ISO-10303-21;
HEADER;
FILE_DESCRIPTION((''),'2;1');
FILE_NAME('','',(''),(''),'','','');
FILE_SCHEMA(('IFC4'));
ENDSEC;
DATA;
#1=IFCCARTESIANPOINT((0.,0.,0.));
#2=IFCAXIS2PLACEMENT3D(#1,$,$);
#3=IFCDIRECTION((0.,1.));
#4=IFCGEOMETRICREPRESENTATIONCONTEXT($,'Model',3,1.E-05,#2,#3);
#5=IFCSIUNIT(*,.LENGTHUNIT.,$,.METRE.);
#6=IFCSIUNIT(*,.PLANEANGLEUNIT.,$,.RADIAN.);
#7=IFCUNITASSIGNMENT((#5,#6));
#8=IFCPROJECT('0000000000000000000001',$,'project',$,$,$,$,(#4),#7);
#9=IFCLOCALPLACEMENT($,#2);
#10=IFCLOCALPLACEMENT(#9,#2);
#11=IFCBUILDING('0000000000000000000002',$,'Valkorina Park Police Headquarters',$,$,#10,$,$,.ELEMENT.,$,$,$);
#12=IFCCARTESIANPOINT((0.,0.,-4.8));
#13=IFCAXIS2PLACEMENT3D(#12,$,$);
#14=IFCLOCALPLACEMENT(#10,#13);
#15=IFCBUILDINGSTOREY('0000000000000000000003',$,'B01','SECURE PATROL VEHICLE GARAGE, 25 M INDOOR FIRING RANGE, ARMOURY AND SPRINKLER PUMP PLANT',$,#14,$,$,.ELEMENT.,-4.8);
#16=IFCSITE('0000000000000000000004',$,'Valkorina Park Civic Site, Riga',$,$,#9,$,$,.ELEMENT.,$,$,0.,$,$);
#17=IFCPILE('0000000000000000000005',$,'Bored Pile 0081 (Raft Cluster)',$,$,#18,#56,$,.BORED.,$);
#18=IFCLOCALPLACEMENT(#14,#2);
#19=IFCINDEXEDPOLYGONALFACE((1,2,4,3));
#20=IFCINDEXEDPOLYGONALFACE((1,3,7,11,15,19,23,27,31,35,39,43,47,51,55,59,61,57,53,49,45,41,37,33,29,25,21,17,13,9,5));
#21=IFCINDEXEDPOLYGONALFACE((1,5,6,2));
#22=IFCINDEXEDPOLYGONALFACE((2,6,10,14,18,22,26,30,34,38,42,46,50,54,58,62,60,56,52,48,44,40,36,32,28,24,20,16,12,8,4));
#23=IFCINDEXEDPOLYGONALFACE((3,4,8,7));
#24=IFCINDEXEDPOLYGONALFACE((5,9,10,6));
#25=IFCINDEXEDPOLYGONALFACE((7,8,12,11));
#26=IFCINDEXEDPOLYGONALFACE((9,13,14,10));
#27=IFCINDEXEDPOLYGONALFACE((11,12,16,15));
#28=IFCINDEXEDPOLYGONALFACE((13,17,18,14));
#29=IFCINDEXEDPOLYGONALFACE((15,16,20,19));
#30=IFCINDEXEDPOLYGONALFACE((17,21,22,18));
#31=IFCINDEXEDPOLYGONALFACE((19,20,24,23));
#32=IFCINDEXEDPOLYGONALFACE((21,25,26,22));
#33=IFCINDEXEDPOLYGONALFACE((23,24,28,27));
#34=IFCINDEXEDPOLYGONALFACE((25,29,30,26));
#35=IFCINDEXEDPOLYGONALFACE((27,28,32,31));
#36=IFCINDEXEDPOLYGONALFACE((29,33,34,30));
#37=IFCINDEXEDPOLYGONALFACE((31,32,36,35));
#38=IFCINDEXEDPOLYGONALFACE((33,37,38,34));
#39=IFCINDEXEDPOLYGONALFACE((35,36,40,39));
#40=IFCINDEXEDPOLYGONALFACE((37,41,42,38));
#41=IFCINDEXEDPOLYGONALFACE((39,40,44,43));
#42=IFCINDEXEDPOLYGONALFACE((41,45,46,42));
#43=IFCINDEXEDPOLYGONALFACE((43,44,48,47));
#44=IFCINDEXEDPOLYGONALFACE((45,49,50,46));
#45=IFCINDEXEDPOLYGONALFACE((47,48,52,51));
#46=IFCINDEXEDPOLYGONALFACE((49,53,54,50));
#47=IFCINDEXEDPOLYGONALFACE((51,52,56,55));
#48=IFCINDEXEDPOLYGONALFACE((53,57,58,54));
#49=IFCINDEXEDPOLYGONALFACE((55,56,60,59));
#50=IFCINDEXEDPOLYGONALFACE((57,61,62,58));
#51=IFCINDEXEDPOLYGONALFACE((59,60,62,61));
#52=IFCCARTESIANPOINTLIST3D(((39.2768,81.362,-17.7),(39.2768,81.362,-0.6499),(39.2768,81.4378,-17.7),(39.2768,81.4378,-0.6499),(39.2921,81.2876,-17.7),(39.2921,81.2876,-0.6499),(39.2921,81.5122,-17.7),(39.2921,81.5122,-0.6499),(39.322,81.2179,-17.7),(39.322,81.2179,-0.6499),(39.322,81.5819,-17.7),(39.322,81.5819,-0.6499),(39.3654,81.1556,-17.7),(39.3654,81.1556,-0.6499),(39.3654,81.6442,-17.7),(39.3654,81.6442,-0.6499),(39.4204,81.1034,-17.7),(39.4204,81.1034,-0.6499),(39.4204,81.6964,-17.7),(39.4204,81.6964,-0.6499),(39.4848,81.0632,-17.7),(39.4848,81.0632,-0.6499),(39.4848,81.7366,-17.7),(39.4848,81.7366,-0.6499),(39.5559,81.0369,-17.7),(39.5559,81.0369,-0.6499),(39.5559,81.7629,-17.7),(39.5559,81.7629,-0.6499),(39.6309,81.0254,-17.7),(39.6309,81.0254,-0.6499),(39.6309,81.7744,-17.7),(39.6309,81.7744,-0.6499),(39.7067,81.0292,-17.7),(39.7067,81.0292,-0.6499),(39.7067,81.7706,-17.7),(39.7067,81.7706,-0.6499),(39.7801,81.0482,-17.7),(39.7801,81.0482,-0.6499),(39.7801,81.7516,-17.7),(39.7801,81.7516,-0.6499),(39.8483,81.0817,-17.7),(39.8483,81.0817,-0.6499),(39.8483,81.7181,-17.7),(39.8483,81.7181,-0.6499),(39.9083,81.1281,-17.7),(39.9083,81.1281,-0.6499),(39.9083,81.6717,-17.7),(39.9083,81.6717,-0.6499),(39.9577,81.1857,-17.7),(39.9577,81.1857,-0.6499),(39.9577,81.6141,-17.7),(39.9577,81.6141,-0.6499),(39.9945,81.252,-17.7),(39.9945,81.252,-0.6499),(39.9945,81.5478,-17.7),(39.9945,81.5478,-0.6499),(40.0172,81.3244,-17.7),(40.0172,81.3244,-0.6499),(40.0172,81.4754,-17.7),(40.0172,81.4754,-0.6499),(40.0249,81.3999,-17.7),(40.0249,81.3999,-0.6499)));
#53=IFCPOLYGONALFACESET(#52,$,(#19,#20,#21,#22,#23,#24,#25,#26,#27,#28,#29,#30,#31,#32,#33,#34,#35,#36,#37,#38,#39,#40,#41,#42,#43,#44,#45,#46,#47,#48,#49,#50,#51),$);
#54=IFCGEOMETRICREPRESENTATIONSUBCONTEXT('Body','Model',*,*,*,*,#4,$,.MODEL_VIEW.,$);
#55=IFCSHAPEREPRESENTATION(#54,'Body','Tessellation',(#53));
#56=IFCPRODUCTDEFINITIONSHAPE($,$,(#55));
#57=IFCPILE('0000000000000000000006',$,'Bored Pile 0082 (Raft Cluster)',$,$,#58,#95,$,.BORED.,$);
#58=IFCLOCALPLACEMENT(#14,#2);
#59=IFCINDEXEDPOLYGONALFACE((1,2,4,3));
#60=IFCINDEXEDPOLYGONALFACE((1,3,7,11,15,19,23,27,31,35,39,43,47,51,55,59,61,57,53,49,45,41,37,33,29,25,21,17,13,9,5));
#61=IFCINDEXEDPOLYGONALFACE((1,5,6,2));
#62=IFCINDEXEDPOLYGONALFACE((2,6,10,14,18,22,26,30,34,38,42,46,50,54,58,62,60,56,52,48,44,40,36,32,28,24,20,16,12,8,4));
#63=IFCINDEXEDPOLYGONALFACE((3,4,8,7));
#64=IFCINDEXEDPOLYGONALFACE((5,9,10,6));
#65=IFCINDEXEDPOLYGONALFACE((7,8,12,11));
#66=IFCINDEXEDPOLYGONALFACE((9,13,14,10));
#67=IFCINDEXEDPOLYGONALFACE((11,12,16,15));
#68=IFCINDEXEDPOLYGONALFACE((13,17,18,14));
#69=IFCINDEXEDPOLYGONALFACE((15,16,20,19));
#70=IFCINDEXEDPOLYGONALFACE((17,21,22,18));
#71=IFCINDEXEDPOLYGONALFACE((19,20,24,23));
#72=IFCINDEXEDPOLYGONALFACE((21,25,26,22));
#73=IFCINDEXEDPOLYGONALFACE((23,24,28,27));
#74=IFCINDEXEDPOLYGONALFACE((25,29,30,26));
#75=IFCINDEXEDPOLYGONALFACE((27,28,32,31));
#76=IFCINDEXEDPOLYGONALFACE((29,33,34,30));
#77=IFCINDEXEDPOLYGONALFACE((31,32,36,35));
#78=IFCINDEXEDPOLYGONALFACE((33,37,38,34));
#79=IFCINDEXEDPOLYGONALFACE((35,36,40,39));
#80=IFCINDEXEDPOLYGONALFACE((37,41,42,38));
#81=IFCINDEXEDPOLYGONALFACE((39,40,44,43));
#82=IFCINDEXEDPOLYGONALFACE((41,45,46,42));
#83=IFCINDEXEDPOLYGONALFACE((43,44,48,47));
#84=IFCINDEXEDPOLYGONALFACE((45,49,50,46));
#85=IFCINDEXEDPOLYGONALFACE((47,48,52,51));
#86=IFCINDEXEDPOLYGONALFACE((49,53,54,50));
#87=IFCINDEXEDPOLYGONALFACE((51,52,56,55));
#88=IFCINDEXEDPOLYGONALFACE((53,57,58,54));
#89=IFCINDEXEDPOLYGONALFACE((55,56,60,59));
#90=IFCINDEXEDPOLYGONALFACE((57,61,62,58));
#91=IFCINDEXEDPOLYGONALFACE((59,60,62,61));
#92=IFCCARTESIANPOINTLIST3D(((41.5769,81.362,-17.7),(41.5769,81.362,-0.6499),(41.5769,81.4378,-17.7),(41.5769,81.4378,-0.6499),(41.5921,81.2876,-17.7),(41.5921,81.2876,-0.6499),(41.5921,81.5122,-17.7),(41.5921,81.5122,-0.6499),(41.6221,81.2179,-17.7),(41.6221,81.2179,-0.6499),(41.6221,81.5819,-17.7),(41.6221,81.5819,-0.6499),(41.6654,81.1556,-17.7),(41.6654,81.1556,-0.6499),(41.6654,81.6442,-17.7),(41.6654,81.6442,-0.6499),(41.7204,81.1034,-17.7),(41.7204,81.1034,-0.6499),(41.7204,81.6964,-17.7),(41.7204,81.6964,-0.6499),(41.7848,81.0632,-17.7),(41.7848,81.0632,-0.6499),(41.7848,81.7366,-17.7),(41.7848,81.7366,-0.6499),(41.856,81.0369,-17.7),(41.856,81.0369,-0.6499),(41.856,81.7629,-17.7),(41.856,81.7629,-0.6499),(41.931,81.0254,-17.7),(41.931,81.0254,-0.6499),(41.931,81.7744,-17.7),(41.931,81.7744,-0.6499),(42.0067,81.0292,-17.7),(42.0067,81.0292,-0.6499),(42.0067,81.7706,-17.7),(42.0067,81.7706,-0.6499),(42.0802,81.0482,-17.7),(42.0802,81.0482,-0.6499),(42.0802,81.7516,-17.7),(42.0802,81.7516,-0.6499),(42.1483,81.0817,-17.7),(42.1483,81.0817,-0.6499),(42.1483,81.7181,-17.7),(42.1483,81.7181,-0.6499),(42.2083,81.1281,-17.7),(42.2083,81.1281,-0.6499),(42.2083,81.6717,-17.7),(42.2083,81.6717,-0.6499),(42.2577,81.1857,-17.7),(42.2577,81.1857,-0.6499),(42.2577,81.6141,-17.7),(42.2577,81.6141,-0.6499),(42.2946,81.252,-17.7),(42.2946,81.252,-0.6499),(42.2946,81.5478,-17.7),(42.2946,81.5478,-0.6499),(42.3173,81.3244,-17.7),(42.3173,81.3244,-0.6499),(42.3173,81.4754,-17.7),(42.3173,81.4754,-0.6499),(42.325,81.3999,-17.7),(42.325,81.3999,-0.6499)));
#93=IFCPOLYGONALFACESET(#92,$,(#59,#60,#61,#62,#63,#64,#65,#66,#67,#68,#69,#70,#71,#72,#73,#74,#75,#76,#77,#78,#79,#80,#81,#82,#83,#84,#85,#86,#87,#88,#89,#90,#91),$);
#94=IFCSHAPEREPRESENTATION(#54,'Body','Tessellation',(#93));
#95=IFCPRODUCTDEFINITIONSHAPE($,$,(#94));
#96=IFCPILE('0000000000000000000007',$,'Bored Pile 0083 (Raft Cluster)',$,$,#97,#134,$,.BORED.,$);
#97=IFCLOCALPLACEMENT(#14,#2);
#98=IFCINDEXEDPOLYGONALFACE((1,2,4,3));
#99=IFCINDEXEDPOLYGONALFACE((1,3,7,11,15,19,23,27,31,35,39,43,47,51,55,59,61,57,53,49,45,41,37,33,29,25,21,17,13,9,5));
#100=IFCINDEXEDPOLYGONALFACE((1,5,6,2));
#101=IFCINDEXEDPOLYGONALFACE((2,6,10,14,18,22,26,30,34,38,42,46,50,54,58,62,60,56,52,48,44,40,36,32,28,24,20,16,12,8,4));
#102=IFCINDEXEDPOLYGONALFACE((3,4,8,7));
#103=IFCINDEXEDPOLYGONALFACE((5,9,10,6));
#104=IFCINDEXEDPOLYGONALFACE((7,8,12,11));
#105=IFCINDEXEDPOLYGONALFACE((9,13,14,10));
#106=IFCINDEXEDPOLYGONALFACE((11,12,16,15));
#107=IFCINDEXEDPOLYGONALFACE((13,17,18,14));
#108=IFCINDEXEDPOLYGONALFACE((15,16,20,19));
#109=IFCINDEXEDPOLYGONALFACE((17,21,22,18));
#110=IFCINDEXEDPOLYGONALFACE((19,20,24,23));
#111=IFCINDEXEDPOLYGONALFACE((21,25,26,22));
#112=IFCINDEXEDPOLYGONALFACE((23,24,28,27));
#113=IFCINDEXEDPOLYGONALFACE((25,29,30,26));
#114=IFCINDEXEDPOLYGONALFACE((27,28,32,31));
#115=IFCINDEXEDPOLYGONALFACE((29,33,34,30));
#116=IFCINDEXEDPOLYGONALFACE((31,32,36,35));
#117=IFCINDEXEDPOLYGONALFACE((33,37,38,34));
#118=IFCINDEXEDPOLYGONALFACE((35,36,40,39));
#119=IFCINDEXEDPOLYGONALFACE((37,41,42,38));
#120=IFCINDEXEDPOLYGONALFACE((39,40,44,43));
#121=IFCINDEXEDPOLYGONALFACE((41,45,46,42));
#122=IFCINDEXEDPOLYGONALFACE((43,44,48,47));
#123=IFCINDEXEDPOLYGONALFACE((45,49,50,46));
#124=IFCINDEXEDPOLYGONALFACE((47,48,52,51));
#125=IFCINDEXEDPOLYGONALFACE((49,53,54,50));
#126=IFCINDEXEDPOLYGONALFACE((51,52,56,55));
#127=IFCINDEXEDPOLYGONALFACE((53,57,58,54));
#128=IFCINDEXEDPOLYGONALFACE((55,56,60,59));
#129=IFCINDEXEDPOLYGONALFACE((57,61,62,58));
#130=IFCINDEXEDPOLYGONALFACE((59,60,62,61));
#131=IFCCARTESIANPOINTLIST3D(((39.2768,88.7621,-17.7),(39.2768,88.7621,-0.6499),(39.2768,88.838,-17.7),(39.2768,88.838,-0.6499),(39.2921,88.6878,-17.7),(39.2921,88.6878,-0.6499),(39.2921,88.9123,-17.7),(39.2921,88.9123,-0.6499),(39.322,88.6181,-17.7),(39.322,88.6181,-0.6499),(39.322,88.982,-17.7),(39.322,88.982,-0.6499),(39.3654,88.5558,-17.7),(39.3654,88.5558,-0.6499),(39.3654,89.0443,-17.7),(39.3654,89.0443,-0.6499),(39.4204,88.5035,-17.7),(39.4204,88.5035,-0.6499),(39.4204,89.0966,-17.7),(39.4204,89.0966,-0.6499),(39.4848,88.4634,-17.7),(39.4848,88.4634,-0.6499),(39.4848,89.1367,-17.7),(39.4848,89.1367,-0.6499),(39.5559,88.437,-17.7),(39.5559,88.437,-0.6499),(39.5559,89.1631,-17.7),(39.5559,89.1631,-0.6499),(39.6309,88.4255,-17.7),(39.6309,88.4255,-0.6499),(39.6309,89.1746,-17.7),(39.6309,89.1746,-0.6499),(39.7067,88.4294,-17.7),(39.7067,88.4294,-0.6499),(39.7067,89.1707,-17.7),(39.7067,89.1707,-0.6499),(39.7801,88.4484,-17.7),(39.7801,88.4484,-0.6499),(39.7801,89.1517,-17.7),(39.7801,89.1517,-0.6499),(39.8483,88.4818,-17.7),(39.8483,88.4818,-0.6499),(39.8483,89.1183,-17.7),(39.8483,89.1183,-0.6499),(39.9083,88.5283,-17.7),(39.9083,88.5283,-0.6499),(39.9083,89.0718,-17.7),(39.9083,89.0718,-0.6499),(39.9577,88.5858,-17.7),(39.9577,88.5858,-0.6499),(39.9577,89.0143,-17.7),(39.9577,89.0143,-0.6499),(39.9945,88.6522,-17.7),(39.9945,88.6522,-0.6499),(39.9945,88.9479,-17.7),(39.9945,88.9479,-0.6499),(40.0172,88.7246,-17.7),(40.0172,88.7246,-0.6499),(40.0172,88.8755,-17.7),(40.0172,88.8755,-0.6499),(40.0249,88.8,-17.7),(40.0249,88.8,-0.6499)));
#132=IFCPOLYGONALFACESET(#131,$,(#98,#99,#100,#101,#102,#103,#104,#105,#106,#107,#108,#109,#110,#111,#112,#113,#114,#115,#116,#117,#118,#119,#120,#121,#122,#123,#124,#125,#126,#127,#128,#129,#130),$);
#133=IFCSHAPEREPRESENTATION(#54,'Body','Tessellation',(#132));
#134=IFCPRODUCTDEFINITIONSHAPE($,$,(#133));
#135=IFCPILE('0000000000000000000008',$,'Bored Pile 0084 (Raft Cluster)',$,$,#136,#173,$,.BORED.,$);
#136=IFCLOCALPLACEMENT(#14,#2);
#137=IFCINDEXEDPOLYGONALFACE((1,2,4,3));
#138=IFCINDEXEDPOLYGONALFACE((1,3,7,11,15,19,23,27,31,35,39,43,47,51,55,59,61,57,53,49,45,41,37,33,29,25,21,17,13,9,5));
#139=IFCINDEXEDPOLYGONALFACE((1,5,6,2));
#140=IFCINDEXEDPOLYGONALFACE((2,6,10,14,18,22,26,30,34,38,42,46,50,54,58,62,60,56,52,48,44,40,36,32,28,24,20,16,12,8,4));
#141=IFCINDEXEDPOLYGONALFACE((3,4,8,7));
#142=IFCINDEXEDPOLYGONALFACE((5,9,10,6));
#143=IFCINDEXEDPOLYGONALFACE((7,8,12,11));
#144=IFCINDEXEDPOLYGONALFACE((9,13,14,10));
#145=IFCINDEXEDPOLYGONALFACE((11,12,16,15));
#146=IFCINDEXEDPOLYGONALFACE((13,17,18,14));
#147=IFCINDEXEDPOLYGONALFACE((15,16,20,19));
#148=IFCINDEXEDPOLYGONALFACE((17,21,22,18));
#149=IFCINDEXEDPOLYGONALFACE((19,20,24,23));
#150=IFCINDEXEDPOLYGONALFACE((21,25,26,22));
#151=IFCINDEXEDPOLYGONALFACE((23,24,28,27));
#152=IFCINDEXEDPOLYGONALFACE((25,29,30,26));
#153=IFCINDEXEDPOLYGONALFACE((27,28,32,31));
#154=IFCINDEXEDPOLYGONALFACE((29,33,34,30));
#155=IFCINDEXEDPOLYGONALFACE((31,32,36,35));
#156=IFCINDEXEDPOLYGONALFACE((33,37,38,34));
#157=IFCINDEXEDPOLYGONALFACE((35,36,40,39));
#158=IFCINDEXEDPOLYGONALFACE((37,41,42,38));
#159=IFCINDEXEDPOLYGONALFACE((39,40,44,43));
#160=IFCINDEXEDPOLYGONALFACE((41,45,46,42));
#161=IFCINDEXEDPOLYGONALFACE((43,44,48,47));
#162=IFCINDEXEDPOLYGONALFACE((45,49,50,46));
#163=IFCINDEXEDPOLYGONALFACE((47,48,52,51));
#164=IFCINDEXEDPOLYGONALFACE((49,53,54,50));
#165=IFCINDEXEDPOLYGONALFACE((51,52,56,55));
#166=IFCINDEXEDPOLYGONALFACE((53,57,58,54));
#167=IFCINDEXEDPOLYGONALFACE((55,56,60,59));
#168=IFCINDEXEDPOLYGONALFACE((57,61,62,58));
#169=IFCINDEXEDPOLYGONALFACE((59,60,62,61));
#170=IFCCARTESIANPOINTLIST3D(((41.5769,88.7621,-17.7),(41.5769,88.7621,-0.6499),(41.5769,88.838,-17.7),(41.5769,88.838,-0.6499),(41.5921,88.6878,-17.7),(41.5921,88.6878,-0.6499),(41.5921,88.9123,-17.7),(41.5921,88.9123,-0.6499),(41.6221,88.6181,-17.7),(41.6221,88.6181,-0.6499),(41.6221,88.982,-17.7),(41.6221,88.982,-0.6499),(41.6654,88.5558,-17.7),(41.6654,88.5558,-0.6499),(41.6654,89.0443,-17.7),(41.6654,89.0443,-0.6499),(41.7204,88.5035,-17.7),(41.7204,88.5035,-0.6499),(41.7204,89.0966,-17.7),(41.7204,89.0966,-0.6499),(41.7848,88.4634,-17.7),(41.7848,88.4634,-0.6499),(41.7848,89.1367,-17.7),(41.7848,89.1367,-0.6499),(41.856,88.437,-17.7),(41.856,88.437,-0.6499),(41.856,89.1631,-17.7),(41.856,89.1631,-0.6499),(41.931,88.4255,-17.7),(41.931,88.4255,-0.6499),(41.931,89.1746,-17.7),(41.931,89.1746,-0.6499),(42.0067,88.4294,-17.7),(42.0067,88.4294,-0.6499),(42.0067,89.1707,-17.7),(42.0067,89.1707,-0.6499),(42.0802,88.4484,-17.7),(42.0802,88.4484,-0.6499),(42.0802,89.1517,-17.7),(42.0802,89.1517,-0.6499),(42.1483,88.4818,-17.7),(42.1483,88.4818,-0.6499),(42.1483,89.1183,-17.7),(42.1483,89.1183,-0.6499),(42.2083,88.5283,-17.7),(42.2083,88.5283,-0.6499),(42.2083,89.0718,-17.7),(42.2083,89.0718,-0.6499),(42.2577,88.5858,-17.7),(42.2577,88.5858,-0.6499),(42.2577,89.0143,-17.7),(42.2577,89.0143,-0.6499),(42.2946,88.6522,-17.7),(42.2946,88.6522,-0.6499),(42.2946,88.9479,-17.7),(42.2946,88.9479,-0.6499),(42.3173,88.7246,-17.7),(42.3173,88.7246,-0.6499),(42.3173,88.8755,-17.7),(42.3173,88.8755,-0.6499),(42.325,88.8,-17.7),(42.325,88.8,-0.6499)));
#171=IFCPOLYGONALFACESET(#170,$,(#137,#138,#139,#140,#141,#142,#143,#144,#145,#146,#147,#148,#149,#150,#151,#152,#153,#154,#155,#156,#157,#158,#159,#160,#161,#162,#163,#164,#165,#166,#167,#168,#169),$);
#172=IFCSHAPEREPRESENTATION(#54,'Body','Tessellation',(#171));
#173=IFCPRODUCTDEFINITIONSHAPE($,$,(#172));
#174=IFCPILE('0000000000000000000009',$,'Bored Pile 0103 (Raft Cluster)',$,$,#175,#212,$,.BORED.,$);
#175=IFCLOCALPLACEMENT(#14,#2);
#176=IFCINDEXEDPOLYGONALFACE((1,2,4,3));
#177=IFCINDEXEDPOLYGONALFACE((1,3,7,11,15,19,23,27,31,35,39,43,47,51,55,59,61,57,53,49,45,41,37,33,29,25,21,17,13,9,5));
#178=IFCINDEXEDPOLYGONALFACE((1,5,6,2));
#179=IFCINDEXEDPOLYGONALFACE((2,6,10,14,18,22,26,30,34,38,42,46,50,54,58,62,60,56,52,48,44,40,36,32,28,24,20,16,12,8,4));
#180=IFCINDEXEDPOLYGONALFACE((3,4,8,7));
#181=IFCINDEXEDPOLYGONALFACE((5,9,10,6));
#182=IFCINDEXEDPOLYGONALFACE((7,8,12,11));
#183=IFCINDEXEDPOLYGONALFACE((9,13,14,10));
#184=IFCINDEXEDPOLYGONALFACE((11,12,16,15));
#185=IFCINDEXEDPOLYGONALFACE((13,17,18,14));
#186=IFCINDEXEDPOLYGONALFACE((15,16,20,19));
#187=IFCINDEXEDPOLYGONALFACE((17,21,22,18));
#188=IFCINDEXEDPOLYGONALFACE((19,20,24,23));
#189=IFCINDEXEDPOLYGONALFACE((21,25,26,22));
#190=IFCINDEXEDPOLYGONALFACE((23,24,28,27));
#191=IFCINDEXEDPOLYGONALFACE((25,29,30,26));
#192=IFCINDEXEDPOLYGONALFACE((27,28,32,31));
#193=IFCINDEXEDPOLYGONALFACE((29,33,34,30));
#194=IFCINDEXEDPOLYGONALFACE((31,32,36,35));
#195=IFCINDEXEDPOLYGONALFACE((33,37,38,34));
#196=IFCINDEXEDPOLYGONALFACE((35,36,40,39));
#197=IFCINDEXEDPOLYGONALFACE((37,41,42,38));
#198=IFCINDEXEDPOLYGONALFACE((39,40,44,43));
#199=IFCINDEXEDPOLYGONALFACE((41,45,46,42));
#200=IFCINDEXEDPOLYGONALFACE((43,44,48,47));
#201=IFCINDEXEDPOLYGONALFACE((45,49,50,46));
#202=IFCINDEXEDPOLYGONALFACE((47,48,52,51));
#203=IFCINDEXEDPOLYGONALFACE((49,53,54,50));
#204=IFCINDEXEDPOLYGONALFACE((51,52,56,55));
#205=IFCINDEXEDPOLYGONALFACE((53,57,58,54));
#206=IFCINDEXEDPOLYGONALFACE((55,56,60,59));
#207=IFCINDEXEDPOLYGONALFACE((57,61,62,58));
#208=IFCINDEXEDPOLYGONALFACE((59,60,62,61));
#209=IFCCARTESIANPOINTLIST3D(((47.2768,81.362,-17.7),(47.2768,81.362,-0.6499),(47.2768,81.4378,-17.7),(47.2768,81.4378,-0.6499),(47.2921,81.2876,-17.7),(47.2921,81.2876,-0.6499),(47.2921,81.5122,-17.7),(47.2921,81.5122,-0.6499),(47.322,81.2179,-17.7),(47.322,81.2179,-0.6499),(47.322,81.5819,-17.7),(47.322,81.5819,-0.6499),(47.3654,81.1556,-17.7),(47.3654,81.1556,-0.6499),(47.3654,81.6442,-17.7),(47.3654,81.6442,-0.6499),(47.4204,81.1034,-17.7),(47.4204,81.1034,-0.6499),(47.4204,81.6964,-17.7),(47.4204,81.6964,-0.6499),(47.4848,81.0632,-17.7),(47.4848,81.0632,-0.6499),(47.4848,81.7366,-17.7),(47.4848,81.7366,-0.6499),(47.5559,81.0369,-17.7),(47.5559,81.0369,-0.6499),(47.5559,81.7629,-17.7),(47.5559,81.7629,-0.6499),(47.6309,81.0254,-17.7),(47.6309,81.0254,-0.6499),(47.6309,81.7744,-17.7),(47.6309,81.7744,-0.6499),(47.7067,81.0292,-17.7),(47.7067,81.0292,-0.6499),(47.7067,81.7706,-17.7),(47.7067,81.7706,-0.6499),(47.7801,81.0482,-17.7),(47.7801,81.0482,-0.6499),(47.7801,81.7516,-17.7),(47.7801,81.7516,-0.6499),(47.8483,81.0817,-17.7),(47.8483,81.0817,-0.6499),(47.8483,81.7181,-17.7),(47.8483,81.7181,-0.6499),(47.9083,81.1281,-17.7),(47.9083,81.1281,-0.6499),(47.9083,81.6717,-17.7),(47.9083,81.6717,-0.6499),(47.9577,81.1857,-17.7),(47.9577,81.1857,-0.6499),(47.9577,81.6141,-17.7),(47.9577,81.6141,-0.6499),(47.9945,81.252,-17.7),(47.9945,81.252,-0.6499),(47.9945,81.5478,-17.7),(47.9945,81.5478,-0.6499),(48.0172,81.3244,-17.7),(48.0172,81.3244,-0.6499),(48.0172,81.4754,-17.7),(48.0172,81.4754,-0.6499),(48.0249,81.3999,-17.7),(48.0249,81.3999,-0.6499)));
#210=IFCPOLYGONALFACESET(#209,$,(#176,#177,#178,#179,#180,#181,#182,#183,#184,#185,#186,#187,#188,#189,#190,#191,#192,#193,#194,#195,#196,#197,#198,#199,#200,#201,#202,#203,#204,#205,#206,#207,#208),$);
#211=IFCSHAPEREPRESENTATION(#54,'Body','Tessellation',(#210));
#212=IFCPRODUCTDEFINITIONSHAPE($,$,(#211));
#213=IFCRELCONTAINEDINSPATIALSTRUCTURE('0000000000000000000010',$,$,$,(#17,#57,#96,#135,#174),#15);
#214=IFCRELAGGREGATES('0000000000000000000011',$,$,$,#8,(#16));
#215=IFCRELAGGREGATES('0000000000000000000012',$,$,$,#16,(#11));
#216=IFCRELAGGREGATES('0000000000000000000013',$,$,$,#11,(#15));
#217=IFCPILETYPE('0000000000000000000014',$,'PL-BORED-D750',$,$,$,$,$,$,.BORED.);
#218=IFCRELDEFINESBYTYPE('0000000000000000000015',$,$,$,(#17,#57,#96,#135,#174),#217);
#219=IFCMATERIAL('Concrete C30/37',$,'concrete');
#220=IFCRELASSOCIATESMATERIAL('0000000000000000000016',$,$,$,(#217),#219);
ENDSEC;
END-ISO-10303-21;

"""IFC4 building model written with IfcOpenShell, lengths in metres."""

from ifc_helpers import new_model, si_unit, direction, frame, origin, origin_2d, place, context, subcontext, project, spatial, circle, extrude, material, material_profile, profile_set, type_object, element, save


model = new_model("IFC4")

# Units and contexts
model_context = context("Model", 3, precision=1e-05, world=origin(), true_north=direction((0.0, 1.0)))
body_context = subcontext(model_context, "Body", "Model", "MODEL_VIEW")
ifc_project = project(units=[si_unit("LENGTHUNIT", "METRE"), si_unit("PLANEANGLEUNIT", "RADIAN")], contexts=[model_context])

# Site, building, storey
site_placement = place(None, origin())
site = spatial("IfcSite", under=ifc_project, at=site_placement, Name="Valkorina Park Civic Site, Riga", CompositionType="ELEMENT", RefElevation=0.0)
building_placement = place(site_placement, origin())
building = spatial("IfcBuilding", under=site, at=building_placement, Name="Valkorina Park Police Headquarters", CompositionType="ELEMENT")
storey_placement = place(building_placement, frame((0.0, 0.0, -4.8)))
storey = spatial("IfcBuildingStorey", under=building, at=storey_placement, Name="B01", Description="SECURE PATROL VEHICLE GARAGE, 25 M INDOOR FIRING RANGE, ARMOURY AND SPRINKLER PUMP PLANT", CompositionType="ELEMENT", Elevation=-4.8)

# Piles
ifc_material_1 = material(Name="Concrete C30/37", Category="concrete")
ifc_material_profile_1 = material_profile(ifc_material_1, circle(Radius=0.375, at=origin_2d()), Name="BORED PILE D750")
ifc_profile_set_1 = profile_set([ifc_material_profile_1], Name="Concrete C30/37")
pile_type = type_object("IfcPileType", Name="PL-BORED-D750", PredefinedType="BORED", material=ifc_profile_set_1)
for number, where, z_axis, x_axis, name in (
    (1, (39.6499, 81.3999, -0.6499), (0.0, 0.0, -1.0), (1.0, 0.0, 0.0), "Bored Pile 0081 (Raft Cluster)"),
    (2, (41.95, 81.3999, -0.6499), (0.0, 0.0, -1.0), (1.0, 0.0, 0.0), "Bored Pile 0082 (Raft Cluster)"),
    (3, (39.6499, 88.8, -0.6499), (0.0, 0.0, -1.0), (1.0, 0.0, 0.0), "Bored Pile 0083 (Raft Cluster)"),
    (4, (41.95, 88.8, -0.6499), (0.0, 0.0, -1.0), (1.0, 0.0, 0.0), "Bored Pile 0084 (Raft Cluster)"),
    (5, (47.6499, 81.3999, -0.6499), (0.0, 0.0, -1.0), (1.0, 0.0, 0.0), "Bored Pile 0103 (Raft Cluster)"),
):
    element("IfcPile", number, at=place(storey_placement, frame(where, z_axis=z_axis, x_axis=x_axis)), inside=storey, type_object=pile_type, Name=name, PredefinedType="BORED", context=body_context, shape_type="SweptSolid", body=[
        extrude(circle(Radius=0.375, at=origin_2d()), origin(), (0.0, 0.0, 1.0), 17.05),
    ])

save(model, "model.ifc")
